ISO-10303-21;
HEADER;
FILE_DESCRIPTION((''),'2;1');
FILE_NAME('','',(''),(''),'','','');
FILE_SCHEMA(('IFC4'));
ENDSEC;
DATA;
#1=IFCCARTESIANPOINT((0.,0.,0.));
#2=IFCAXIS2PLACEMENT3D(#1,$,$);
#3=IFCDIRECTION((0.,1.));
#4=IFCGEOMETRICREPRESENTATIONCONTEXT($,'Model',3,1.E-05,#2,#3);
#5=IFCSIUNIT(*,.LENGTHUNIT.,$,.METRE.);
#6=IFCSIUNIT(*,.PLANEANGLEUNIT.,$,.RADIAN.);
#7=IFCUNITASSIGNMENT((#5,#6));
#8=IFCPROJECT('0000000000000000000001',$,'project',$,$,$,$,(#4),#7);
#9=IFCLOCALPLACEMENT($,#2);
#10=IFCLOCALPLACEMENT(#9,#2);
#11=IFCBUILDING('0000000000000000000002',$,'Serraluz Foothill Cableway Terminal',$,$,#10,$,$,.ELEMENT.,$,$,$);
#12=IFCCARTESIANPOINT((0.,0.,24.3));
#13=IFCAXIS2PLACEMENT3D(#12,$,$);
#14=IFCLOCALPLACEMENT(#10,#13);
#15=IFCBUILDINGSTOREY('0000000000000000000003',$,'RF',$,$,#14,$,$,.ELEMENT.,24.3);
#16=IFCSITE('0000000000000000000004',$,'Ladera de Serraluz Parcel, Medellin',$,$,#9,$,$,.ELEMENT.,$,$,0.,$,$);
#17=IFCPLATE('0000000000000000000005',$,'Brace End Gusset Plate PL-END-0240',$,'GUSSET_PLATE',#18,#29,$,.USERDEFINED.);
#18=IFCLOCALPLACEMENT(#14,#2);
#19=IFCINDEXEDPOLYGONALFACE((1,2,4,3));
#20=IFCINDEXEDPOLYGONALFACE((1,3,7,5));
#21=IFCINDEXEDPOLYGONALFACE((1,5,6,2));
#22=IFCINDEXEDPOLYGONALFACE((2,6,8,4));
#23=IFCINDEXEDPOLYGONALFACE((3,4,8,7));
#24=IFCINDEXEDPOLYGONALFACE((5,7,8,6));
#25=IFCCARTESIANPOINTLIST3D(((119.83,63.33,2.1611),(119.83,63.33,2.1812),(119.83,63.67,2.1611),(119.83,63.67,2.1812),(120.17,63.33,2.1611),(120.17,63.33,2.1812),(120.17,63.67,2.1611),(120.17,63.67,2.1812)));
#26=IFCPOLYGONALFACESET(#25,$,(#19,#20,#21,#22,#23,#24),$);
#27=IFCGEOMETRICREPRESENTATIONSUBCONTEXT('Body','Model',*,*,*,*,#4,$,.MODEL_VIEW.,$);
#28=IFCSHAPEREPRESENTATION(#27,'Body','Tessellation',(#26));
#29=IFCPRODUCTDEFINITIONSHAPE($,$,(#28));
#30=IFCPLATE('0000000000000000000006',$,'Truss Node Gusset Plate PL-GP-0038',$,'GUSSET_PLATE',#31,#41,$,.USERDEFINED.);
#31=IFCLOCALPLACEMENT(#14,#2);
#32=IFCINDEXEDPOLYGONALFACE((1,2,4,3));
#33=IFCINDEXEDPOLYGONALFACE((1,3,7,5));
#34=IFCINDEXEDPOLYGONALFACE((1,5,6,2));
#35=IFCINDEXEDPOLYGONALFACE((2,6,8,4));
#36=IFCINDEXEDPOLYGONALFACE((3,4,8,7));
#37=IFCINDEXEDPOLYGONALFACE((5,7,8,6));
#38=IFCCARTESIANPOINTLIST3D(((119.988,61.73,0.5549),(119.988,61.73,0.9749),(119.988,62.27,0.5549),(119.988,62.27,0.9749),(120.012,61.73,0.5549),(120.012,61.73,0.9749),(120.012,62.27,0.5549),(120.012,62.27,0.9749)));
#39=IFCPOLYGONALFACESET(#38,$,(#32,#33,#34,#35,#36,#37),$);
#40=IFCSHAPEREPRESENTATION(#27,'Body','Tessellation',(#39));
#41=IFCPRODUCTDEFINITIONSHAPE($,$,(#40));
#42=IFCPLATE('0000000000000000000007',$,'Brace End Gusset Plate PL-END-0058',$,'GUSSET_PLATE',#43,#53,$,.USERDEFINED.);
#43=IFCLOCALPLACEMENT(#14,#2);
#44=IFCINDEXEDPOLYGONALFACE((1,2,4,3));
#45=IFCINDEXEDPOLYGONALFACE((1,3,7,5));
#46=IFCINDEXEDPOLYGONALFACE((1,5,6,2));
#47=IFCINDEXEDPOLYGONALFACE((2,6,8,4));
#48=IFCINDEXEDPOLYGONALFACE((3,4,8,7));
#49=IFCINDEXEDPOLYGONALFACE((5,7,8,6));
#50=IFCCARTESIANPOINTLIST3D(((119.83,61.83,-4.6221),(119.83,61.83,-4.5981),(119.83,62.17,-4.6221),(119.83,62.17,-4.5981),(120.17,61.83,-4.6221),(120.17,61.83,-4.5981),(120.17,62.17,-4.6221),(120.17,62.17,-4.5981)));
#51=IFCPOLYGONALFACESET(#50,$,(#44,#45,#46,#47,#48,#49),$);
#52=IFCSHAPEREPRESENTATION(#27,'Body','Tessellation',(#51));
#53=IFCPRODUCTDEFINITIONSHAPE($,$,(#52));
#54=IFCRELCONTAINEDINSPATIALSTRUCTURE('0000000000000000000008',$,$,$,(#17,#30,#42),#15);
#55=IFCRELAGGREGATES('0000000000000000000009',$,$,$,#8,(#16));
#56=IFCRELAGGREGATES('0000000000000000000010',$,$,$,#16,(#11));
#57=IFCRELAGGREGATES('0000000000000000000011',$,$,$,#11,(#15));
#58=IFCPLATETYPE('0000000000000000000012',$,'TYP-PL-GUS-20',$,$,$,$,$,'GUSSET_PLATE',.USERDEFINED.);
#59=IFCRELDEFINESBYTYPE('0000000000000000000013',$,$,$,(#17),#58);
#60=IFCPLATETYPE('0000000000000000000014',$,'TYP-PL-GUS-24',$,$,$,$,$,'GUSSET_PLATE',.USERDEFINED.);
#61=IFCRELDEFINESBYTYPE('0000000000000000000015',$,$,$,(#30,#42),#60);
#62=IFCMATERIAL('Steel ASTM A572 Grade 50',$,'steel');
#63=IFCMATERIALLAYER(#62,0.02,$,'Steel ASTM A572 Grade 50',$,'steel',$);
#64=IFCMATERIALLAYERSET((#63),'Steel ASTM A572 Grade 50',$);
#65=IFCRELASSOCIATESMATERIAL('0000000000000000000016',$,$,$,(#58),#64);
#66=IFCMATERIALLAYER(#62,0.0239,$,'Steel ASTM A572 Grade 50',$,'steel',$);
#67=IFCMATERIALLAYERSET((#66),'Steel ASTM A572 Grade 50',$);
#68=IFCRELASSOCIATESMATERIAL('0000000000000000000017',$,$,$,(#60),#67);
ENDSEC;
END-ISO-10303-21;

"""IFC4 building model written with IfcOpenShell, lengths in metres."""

from ifc_helpers import new_model, si_unit, direction, frame, origin, origin_2d, place, context, subcontext, project, spatial, rectangle, extrude, material, layer, layer_set, type_object, element, save


model = new_model("IFC4")

# Units and contexts
model_context = context("Model", 3, precision=1e-05, world=origin(), true_north=direction((0.0, 1.0)))
body_context = subcontext(model_context, "Body", "Model", "MODEL_VIEW")
ifc_project = project(units=[si_unit("LENGTHUNIT", "METRE"), si_unit("PLANEANGLEUNIT", "RADIAN")], contexts=[model_context])

# Site, building, storey
site_placement = place(None, origin())
site = spatial("IfcSite", under=ifc_project, at=site_placement, Name="Ladera de Serraluz Parcel, Medellin", CompositionType="ELEMENT", RefElevation=0.0)
building_placement = place(site_placement, origin())
building = spatial("IfcBuilding", under=site, at=building_placement, Name="Serraluz Foothill Cableway Terminal", CompositionType="ELEMENT")
storey_placement = place(building_placement, frame((0.0, 0.0, 24.3)))
storey = spatial("IfcBuildingStorey", under=building, at=storey_placement, Name="RF", CompositionType="ELEMENT", Elevation=24.3)

# Shared definitions
ifc_material_1 = material(Name="Steel ASTM A572 Grade 50", Category="steel")

# Plates
ifc_layer_1 = layer(ifc_material_1, 0.02, Name="Steel ASTM A572 Grade 50", Category="steel")
ifc_layer_set_1 = layer_set([ifc_layer_1], Name="Steel ASTM A572 Grade 50")
plate_type_1 = type_object("IfcPlateType", Name="TYP-PL-GUS-20", ElementType="GUSSET_PLATE", PredefinedType="USERDEFINED", material=ifc_layer_set_1)
plate_1_placement = place(storey_placement, frame((120.0, 63.5, 2.1611), z_axis=(0.0, 0.0, 1.0), x_axis=(1.0, 0.0, 0.0)))
element("IfcPlate", 1, at=plate_1_placement, inside=storey, type_object=plate_type_1, Name="Brace End Gusset Plate PL-END-0240", ObjectType="GUSSET_PLATE", PredefinedType="USERDEFINED", context=body_context, shape_type="SweptSolid", body=[
    extrude(rectangle(XDim=0.3401, YDim=0.3401, at=origin_2d()), origin(), (0.0, 0.0, 1.0), 0.02),
])
ifc_layer_2 = layer(ifc_material_1, 0.0239, Name="Steel ASTM A572 Grade 50", Category="steel")
ifc_layer_set_2 = layer_set([ifc_layer_2], Name="Steel ASTM A572 Grade 50")
plate_type_2 = type_object("IfcPlateType", Name="TYP-PL-GUS-24", ElementType="GUSSET_PLATE", PredefinedType="USERDEFINED", material=ifc_layer_set_2)
plate_2_placement = place(storey_placement, frame((120.0, 62.0, 0.5549), z_axis=(0.0, 0.0, 1.0), x_axis=(1.0, 0.0, 0.0)))
element("IfcPlate", 2, at=plate_2_placement, inside=storey, type_object=plate_type_2, Name="Truss Node Gusset Plate PL-GP-0038", ObjectType="GUSSET_PLATE", PredefinedType="USERDEFINED", context=body_context, shape_type="SweptSolid", body=[
    extrude(rectangle(XDim=0.0239, YDim=0.54, at=origin_2d()), origin(), (0.0, 0.0, 1.0), 0.4199),
])
plate_3_placement = place(storey_placement, frame((120.0, 62.0, -4.6221), z_axis=(0.0, 0.0, 1.0), x_axis=(1.0, 0.0, 0.0)))
element("IfcPlate", 3, at=plate_3_placement, inside=storey, type_object=plate_type_2, Name="Brace End Gusset Plate PL-END-0058", ObjectType="GUSSET_PLATE", PredefinedType="USERDEFINED", context=body_context, shape_type="SweptSolid", body=[
    extrude(rectangle(XDim=0.3401, YDim=0.3401, at=origin_2d()), origin(), (0.0, 0.0, 1.0), 0.0239),
])

save(model, "model.ifc")
